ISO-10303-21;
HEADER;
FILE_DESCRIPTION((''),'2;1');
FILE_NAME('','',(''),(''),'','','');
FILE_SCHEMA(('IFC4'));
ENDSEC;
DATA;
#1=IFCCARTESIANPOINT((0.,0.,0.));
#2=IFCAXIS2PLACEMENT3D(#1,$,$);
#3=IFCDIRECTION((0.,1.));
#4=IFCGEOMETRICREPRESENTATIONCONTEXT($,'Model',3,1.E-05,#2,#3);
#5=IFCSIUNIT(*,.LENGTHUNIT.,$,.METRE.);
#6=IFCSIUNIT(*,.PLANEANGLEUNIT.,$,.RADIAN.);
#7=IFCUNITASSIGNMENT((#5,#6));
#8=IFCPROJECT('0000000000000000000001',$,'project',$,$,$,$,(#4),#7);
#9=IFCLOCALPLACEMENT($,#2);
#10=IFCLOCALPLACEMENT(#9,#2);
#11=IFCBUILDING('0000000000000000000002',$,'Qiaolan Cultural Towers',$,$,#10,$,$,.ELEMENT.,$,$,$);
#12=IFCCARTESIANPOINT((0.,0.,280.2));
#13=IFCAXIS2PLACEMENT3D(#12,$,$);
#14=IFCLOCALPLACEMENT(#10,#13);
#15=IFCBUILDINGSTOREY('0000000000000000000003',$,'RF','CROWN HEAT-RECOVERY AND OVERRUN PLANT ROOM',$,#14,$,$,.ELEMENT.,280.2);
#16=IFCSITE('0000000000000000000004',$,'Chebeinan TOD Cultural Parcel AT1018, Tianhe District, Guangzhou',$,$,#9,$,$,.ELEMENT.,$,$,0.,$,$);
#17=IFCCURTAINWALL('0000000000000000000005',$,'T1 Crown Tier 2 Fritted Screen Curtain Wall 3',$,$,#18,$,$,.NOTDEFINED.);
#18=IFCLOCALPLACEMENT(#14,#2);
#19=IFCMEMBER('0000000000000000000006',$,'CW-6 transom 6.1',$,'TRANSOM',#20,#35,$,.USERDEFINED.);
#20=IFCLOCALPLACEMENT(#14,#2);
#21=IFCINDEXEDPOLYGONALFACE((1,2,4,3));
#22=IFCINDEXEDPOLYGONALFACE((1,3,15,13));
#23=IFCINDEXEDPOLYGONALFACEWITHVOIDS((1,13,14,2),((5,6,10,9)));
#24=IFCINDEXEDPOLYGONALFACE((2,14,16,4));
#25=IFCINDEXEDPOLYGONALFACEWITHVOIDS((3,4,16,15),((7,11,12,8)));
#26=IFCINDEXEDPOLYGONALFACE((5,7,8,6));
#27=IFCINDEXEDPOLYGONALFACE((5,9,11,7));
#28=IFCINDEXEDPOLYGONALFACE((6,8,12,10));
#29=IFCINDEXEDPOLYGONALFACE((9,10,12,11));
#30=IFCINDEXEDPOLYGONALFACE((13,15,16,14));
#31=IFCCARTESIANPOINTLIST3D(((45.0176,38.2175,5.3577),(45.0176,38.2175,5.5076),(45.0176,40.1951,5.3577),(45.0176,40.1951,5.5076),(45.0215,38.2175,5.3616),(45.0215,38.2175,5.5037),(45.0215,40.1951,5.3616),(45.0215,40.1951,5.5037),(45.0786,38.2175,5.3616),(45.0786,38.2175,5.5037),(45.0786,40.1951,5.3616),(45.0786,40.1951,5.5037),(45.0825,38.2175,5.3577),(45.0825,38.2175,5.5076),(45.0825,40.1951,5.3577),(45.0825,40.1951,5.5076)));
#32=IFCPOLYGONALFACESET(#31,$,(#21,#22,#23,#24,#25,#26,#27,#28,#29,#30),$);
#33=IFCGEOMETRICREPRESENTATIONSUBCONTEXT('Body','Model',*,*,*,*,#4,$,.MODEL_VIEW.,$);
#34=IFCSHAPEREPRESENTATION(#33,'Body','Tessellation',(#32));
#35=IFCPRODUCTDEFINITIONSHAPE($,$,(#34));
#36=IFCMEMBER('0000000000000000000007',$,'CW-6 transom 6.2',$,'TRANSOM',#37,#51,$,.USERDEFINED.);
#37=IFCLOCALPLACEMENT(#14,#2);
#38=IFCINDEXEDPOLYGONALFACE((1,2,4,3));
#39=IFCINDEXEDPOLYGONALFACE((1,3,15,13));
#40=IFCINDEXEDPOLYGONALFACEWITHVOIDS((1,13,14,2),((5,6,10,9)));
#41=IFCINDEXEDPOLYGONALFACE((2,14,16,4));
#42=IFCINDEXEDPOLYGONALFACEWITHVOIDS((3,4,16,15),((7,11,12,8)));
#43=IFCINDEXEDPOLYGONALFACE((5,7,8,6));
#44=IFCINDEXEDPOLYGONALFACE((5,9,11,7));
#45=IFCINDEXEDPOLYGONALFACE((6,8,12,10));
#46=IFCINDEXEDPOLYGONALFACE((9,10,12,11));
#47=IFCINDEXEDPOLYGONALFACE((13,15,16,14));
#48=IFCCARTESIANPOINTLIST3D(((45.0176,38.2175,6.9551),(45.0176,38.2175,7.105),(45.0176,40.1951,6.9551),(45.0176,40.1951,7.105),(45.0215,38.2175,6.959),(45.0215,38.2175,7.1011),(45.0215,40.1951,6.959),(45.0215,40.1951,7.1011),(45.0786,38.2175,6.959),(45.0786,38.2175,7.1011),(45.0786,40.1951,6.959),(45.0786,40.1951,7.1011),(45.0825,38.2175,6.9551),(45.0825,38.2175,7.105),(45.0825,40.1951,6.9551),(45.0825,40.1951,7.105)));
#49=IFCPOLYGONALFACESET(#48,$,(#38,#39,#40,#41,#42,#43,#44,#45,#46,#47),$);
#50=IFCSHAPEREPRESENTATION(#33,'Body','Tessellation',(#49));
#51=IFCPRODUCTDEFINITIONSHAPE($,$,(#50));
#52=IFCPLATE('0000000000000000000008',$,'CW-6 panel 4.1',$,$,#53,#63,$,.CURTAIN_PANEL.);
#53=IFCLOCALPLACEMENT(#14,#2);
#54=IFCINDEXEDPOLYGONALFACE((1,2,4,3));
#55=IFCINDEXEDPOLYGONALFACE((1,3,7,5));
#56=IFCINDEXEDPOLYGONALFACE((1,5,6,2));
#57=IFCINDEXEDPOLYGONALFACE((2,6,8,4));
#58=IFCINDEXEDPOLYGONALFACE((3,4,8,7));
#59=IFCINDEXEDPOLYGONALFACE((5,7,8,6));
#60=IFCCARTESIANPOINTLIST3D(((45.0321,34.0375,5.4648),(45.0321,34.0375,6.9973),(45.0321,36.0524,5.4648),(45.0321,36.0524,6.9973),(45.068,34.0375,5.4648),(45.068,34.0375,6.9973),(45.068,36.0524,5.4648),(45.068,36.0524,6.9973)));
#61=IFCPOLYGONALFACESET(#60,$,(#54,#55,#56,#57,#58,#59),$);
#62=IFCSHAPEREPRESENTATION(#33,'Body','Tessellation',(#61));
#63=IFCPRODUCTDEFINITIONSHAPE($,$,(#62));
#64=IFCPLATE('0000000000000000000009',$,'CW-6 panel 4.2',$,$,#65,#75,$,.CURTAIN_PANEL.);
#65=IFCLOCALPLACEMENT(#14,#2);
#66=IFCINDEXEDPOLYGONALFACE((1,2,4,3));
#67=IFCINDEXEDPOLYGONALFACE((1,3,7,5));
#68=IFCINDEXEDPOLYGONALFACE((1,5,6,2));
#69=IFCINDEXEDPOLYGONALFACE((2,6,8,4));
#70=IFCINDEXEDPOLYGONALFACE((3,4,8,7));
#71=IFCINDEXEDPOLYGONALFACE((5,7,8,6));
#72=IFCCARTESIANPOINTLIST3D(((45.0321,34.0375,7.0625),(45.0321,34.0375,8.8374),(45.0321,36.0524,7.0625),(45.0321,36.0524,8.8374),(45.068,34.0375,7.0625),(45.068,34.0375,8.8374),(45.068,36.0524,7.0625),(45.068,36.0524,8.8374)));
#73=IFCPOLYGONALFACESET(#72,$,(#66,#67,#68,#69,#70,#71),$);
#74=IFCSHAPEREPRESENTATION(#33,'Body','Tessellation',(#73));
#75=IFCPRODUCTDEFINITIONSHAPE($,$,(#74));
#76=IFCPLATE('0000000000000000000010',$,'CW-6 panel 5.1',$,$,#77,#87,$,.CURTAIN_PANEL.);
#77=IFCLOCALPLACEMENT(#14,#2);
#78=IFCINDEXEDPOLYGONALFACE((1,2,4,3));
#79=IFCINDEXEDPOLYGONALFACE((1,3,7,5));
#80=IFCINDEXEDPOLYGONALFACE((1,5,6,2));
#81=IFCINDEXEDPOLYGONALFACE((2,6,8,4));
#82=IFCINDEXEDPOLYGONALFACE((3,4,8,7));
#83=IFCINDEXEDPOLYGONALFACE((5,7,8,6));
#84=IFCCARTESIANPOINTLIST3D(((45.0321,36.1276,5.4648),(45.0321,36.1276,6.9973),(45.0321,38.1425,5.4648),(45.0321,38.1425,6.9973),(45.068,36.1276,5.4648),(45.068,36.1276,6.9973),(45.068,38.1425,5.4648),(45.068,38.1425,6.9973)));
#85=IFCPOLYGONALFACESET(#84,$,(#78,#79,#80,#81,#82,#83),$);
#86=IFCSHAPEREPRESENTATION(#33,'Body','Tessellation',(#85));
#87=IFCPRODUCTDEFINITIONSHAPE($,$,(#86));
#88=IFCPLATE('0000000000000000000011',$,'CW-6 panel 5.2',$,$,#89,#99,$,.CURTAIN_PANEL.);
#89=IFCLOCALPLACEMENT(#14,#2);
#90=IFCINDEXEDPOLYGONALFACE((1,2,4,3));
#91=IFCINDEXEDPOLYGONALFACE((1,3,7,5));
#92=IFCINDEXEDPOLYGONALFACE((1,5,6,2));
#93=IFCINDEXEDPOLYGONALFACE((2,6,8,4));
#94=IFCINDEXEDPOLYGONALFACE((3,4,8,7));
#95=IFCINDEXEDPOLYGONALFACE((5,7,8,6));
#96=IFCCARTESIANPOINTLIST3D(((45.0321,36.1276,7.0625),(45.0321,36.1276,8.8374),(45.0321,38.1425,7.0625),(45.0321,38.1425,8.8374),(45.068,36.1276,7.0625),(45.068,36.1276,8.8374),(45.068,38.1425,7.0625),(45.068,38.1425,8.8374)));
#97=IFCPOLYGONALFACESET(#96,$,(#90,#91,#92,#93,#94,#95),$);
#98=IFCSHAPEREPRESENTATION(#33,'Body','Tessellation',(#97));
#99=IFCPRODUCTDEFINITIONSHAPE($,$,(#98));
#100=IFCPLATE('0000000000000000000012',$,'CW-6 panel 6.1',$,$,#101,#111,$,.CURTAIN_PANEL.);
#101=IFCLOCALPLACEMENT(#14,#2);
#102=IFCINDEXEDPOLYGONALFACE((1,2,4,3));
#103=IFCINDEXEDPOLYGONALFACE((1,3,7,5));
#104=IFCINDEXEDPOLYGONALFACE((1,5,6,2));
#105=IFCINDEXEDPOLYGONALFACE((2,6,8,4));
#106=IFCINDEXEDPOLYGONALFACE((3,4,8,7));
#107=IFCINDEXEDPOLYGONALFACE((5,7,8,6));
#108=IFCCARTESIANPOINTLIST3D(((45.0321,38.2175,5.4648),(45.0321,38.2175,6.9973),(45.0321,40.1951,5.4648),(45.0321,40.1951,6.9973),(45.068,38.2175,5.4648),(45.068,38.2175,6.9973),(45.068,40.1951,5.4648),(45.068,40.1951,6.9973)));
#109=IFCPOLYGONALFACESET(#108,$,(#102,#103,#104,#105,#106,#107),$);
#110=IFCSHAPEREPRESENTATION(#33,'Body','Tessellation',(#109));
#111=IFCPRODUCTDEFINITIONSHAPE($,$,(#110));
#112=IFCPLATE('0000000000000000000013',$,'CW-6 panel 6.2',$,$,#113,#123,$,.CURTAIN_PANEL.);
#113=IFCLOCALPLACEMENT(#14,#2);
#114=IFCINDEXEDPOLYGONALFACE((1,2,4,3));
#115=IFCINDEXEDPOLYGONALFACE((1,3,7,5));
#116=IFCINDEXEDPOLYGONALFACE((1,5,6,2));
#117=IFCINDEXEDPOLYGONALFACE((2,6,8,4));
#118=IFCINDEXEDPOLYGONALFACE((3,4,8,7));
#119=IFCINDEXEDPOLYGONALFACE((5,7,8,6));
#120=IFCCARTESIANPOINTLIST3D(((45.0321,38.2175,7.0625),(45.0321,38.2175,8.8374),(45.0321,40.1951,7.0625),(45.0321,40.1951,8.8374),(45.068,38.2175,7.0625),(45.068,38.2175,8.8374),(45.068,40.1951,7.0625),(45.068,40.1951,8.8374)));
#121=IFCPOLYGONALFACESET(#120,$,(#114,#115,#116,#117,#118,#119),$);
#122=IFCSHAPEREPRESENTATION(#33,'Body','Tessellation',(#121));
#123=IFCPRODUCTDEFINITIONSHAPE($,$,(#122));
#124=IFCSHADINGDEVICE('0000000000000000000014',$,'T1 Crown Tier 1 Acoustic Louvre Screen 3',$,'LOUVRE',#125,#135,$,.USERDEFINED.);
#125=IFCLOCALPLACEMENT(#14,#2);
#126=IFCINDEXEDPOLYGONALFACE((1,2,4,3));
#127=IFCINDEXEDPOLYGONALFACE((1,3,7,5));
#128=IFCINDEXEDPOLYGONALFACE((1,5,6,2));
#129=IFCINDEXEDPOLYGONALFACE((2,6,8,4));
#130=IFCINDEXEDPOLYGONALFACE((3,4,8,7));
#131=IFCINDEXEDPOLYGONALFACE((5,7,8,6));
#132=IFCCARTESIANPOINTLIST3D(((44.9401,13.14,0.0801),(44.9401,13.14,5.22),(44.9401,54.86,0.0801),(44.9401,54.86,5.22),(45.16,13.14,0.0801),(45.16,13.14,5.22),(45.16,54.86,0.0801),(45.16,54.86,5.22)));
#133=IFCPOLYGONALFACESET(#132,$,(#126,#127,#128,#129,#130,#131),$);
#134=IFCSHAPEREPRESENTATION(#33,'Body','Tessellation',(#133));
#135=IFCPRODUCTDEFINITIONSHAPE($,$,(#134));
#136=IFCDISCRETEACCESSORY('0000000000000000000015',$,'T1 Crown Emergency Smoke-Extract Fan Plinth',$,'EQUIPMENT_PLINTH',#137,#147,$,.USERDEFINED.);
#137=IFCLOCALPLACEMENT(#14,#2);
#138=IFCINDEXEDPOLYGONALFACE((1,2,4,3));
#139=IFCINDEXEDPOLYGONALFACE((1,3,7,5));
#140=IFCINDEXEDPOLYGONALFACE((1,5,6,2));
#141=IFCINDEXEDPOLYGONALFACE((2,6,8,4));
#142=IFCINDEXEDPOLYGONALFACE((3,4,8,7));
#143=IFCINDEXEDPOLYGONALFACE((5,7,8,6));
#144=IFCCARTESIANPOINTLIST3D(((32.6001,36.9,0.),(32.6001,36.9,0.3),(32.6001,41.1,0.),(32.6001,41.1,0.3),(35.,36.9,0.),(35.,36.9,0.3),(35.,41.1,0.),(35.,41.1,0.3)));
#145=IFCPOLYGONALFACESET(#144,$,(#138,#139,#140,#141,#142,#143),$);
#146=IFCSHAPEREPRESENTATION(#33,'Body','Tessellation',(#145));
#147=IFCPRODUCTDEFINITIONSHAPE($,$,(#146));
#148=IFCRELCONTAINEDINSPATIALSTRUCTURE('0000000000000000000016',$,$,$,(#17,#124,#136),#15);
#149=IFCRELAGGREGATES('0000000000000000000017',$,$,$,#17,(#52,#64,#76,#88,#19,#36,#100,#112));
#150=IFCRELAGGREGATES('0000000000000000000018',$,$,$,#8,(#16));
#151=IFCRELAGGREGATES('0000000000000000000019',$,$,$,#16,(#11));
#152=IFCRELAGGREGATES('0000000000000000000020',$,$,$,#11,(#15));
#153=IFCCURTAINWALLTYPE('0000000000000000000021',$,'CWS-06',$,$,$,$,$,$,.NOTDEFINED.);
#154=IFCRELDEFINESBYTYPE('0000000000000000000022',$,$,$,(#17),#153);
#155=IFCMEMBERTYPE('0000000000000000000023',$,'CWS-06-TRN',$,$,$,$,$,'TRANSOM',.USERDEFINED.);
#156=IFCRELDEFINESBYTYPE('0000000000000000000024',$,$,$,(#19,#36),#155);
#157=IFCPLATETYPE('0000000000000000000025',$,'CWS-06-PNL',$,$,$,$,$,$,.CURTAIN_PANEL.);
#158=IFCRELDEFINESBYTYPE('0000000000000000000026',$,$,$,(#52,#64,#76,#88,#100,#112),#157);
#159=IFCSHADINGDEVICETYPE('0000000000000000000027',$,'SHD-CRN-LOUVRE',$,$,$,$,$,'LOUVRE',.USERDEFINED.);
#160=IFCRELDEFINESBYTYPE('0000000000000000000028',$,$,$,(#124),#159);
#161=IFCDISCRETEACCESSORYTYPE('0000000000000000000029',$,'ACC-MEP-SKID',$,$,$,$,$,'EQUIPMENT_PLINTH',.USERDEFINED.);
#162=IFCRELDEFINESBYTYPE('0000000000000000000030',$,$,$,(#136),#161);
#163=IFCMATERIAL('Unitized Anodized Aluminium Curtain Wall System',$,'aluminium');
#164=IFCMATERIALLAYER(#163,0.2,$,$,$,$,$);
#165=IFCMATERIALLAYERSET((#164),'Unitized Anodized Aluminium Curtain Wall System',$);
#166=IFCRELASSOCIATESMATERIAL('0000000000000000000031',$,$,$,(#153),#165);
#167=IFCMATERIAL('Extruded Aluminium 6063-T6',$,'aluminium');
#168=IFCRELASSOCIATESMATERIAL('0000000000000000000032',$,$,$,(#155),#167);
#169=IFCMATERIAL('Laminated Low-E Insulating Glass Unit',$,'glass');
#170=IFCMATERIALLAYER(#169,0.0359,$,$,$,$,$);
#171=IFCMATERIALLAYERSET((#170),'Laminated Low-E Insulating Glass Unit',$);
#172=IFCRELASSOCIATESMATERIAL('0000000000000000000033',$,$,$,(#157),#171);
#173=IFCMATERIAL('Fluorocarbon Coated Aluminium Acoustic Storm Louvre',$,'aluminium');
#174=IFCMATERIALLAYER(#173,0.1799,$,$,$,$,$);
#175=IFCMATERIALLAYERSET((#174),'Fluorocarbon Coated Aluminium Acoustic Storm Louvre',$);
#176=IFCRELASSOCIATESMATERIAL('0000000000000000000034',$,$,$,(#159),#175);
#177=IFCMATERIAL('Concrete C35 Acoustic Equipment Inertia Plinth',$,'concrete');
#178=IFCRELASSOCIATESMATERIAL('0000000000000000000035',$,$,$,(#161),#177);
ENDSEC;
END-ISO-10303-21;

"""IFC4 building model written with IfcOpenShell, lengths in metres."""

from ifc_helpers import new_model, si_unit, direction, frame, origin, origin_2d, place, context, subcontext, project, spatial, rectangle, hollow_rectangle, extrude, material, layer, layer_set, material_profile, profile_set, type_object, element, aggregate, save


model = new_model("IFC4")

# Units and contexts
model_context = context("Model", 3, precision=1e-05, world=origin(), true_north=direction((0.0, 1.0)))
body_context = subcontext(model_context, "Body", "Model", "MODEL_VIEW")
ifc_project = project(units=[si_unit("LENGTHUNIT", "METRE"), si_unit("PLANEANGLEUNIT", "RADIAN")], contexts=[model_context])

# Site, building, storey
site_placement = place(None, origin())
site = spatial("IfcSite", under=ifc_project, at=site_placement, Name="Chebeinan TOD Cultural Parcel AT1018, Tianhe District, Guangzhou", CompositionType="ELEMENT", RefElevation=0.0)
building_placement = place(site_placement, origin())
building = spatial("IfcBuilding", under=site, at=building_placement, Name="Qiaolan Cultural Towers", CompositionType="ELEMENT")
storey_placement = place(building_placement, frame((0.0, 0.0, 280.2)))
storey = spatial("IfcBuildingStorey", under=building, at=storey_placement, Name="RF", Description="CROWN HEAT-RECOVERY AND OVERRUN PLANT ROOM", CompositionType="ELEMENT", Elevation=280.2)

# Curtain wall, members, plates
ifc_material_1 = material(Name="Unitized Anodized Aluminium Curtain Wall System", Category="aluminium")
ifc_layer_1 = layer(ifc_material_1, 0.2)
ifc_layer_set_1 = layer_set([ifc_layer_1], Name="Unitized Anodized Aluminium Curtain Wall System")
curtain_wall_type = type_object("IfcCurtainWallType", Name="CWS-06", PredefinedType="NOTDEFINED", material=ifc_layer_set_1)
curtain_wall_placement = place(storey_placement, origin())
curtain_wall = element("IfcCurtainWall", 1, at=curtain_wall_placement, inside=storey, type_object=curtain_wall_type, Name="T1 Crown Tier 2 Fritted Screen Curtain Wall 3", PredefinedType="NOTDEFINED")
ifc_material_2 = material(Name="Extruded Aluminium 6063-T6", Category="aluminium")
ifc_material_profile_1 = material_profile(ifc_material_2, hollow_rectangle(XDim=0.0649, YDim=0.1499, WallThickness=0.0039, at=origin_2d()), Name="CWT-150x65x4")
ifc_profile_set_1 = profile_set([ifc_material_profile_1], Name="Extruded Aluminium 6063-T6")
member_type_1 = type_object("IfcMemberType", Name="CWS-06-TRN", ElementType="TRANSOM", PredefinedType="USERDEFINED", material=ifc_profile_set_1)
member_1_placement = place(storey_placement, frame((45.05, 38.2175, 5.4326), z_axis=(0.0, 1.0, 0.0), x_axis=(-1.0, 0.0, 0.0)))
member_1 = element("IfcMember", 2, at=member_1_placement, type_object=member_type_1, Name="CW-6 transom 6.1", ObjectType="TRANSOM", PredefinedType="USERDEFINED", context=body_context, shape_type="SweptSolid", body=[
    extrude(hollow_rectangle(XDim=0.0649, YDim=0.1499, WallThickness=0.0039, at=origin_2d()), origin(), (0.0, 0.0, 1.0), 1.9775),
])
member_2_placement = place(storey_placement, frame((45.05, 38.2175, 7.03), z_axis=(0.0, 1.0, 0.0), x_axis=(-1.0, 0.0, 0.0)))
member_2 = element("IfcMember", 3, at=member_2_placement, type_object=member_type_1, Name="CW-6 transom 6.2", ObjectType="TRANSOM", PredefinedType="USERDEFINED", context=body_context, shape_type="SweptSolid", body=[
    extrude(hollow_rectangle(XDim=0.0649, YDim=0.1499, WallThickness=0.0039, at=origin_2d()), origin(), (0.0, 0.0, 1.0), 1.9775),
])
ifc_material_3 = material(Name="Laminated Low-E Insulating Glass Unit", Category="glass")
ifc_layer_2 = layer(ifc_material_3, 0.0359)
ifc_layer_set_2 = layer_set([ifc_layer_2], Name="Laminated Low-E Insulating Glass Unit")
plate_type = type_object("IfcPlateType", Name="CWS-06-PNL", PredefinedType="CURTAIN_PANEL", material=ifc_layer_set_2)
plate_1_placement = place(storey_placement, frame((45.05, 35.0449, 5.4648), z_axis=(0.0, 0.0, 1.0), x_axis=(0.0, 1.0, 0.0)))
plate_1 = element("IfcPlate", 4, at=plate_1_placement, type_object=plate_type, Name="CW-6 panel 4.1", PredefinedType="CURTAIN_PANEL", context=body_context, shape_type="SweptSolid", body=[
    extrude(rectangle(XDim=2.0149, YDim=0.0359, at=origin_2d()), origin(), (0.0, 0.0, 1.0), 1.5325),
])
plate_2_placement = place(storey_placement, frame((45.05, 35.0449, 7.0625), z_axis=(0.0, 0.0, 1.0), x_axis=(0.0, 1.0, 0.0)))
plate_2 = element("IfcPlate", 5, at=plate_2_placement, type_object=plate_type, Name="CW-6 panel 4.2", PredefinedType="CURTAIN_PANEL", context=body_context, shape_type="SweptSolid", body=[
    extrude(rectangle(XDim=2.0149, YDim=0.0359, at=origin_2d()), origin(), (0.0, 0.0, 1.0), 1.7749),
])
plate_3_placement = place(storey_placement, frame((45.05, 37.135, 5.4648), z_axis=(0.0, 0.0, 1.0), x_axis=(0.0, 1.0, 0.0)))
plate_3 = element("IfcPlate", 6, at=plate_3_placement, type_object=plate_type, Name="CW-6 panel 5.1", PredefinedType="CURTAIN_PANEL", context=body_context, shape_type="SweptSolid", body=[
    extrude(rectangle(XDim=2.0149, YDim=0.0359, at=origin_2d()), origin(), (0.0, 0.0, 1.0), 1.5325),
])
plate_4_placement = place(storey_placement, frame((45.05, 37.135, 7.0625), z_axis=(0.0, 0.0, 1.0), x_axis=(0.0, 1.0, 0.0)))
plate_4 = element("IfcPlate", 7, at=plate_4_placement, type_object=plate_type, Name="CW-6 panel 5.2", PredefinedType="CURTAIN_PANEL", context=body_context, shape_type="SweptSolid", body=[
    extrude(rectangle(XDim=2.0149, YDim=0.0359, at=origin_2d()), origin(), (0.0, 0.0, 1.0), 1.7749),
])
plate_5_placement = place(storey_placement, frame((45.05, 39.2063, 5.4648), z_axis=(0.0, 0.0, 1.0), x_axis=(0.0, 1.0, 0.0)))
plate_5 = element("IfcPlate", 8, at=plate_5_placement, type_object=plate_type, Name="CW-6 panel 6.1", PredefinedType="CURTAIN_PANEL", context=body_context, shape_type="SweptSolid", body=[
    extrude(rectangle(XDim=1.9775, YDim=0.0359, at=origin_2d()), origin(), (0.0, 0.0, 1.0), 1.5325),
])
plate_6_placement = place(storey_placement, frame((45.05, 39.2063, 7.0625), z_axis=(0.0, 0.0, 1.0), x_axis=(0.0, 1.0, 0.0)))
plate_6 = element("IfcPlate", 9, at=plate_6_placement, type_object=plate_type, Name="CW-6 panel 6.2", PredefinedType="CURTAIN_PANEL", context=body_context, shape_type="SweptSolid", body=[
    extrude(rectangle(XDim=1.9775, YDim=0.0359, at=origin_2d()), origin(), (0.0, 0.0, 1.0), 1.7749),
])
aggregate(curtain_wall, [plate_1, plate_2, plate_3, plate_4, member_1, member_2, plate_5, plate_6])

# Shading device
ifc_material_4 = material(Name="Fluorocarbon Coated Aluminium Acoustic Storm Louvre", Category="aluminium")
ifc_layer_3 = layer(ifc_material_4, 0.1799)
ifc_layer_set_3 = layer_set([ifc_layer_3], Name="Fluorocarbon Coated Aluminium Acoustic Storm Louvre")
shading_device_type = type_object("IfcShadingDeviceType", Name="SHD-CRN-LOUVRE", ElementType="LOUVRE", PredefinedType="USERDEFINED", material=ifc_layer_set_3)
shading_device_placement = place(storey_placement, frame((45.05, 34.0, 0.0801), z_axis=(0.0, 0.0, 1.0), x_axis=(0.0, 1.0, 0.0)))
element("IfcShadingDevice", 10, at=shading_device_placement, inside=storey, type_object=shading_device_type, Name="T1 Crown Tier 1 Acoustic Louvre Screen 3", ObjectType="LOUVRE", PredefinedType="USERDEFINED", context=body_context, shape_type="SweptSolid", body=[
    extrude(rectangle(XDim=41.72, YDim=0.22, at=origin_2d()), origin(), (0.0, 0.0, 1.0), 5.1399),
])

# Discrete accessory
ifc_material_5 = material(Name="Concrete C35 Acoustic Equipment Inertia Plinth", Category="concrete")
discrete_accessory_type = type_object("IfcDiscreteAccessoryType", Name="ACC-MEP-SKID", ElementType="EQUIPMENT_PLINTH", PredefinedType="USERDEFINED", material=ifc_material_5)
discrete_accessory_placement = place(storey_placement, frame((33.8, 39.0, 0.0), z_axis=(0.0, 0.0, 1.0), x_axis=(1.0, 0.0, 0.0)))
element("IfcDiscreteAccessory", 11, at=discrete_accessory_placement, inside=storey, type_object=discrete_accessory_type, Name="T1 Crown Emergency Smoke-Extract Fan Plinth", ObjectType="EQUIPMENT_PLINTH", PredefinedType="USERDEFINED", context=body_context, shape_type="SweptSolid", body=[
    extrude(rectangle(XDim=2.3999, YDim=4.2, at=origin_2d()), origin(), (0.0, 0.0, 1.0), 0.3),
])

save(model, "model.ifc")
